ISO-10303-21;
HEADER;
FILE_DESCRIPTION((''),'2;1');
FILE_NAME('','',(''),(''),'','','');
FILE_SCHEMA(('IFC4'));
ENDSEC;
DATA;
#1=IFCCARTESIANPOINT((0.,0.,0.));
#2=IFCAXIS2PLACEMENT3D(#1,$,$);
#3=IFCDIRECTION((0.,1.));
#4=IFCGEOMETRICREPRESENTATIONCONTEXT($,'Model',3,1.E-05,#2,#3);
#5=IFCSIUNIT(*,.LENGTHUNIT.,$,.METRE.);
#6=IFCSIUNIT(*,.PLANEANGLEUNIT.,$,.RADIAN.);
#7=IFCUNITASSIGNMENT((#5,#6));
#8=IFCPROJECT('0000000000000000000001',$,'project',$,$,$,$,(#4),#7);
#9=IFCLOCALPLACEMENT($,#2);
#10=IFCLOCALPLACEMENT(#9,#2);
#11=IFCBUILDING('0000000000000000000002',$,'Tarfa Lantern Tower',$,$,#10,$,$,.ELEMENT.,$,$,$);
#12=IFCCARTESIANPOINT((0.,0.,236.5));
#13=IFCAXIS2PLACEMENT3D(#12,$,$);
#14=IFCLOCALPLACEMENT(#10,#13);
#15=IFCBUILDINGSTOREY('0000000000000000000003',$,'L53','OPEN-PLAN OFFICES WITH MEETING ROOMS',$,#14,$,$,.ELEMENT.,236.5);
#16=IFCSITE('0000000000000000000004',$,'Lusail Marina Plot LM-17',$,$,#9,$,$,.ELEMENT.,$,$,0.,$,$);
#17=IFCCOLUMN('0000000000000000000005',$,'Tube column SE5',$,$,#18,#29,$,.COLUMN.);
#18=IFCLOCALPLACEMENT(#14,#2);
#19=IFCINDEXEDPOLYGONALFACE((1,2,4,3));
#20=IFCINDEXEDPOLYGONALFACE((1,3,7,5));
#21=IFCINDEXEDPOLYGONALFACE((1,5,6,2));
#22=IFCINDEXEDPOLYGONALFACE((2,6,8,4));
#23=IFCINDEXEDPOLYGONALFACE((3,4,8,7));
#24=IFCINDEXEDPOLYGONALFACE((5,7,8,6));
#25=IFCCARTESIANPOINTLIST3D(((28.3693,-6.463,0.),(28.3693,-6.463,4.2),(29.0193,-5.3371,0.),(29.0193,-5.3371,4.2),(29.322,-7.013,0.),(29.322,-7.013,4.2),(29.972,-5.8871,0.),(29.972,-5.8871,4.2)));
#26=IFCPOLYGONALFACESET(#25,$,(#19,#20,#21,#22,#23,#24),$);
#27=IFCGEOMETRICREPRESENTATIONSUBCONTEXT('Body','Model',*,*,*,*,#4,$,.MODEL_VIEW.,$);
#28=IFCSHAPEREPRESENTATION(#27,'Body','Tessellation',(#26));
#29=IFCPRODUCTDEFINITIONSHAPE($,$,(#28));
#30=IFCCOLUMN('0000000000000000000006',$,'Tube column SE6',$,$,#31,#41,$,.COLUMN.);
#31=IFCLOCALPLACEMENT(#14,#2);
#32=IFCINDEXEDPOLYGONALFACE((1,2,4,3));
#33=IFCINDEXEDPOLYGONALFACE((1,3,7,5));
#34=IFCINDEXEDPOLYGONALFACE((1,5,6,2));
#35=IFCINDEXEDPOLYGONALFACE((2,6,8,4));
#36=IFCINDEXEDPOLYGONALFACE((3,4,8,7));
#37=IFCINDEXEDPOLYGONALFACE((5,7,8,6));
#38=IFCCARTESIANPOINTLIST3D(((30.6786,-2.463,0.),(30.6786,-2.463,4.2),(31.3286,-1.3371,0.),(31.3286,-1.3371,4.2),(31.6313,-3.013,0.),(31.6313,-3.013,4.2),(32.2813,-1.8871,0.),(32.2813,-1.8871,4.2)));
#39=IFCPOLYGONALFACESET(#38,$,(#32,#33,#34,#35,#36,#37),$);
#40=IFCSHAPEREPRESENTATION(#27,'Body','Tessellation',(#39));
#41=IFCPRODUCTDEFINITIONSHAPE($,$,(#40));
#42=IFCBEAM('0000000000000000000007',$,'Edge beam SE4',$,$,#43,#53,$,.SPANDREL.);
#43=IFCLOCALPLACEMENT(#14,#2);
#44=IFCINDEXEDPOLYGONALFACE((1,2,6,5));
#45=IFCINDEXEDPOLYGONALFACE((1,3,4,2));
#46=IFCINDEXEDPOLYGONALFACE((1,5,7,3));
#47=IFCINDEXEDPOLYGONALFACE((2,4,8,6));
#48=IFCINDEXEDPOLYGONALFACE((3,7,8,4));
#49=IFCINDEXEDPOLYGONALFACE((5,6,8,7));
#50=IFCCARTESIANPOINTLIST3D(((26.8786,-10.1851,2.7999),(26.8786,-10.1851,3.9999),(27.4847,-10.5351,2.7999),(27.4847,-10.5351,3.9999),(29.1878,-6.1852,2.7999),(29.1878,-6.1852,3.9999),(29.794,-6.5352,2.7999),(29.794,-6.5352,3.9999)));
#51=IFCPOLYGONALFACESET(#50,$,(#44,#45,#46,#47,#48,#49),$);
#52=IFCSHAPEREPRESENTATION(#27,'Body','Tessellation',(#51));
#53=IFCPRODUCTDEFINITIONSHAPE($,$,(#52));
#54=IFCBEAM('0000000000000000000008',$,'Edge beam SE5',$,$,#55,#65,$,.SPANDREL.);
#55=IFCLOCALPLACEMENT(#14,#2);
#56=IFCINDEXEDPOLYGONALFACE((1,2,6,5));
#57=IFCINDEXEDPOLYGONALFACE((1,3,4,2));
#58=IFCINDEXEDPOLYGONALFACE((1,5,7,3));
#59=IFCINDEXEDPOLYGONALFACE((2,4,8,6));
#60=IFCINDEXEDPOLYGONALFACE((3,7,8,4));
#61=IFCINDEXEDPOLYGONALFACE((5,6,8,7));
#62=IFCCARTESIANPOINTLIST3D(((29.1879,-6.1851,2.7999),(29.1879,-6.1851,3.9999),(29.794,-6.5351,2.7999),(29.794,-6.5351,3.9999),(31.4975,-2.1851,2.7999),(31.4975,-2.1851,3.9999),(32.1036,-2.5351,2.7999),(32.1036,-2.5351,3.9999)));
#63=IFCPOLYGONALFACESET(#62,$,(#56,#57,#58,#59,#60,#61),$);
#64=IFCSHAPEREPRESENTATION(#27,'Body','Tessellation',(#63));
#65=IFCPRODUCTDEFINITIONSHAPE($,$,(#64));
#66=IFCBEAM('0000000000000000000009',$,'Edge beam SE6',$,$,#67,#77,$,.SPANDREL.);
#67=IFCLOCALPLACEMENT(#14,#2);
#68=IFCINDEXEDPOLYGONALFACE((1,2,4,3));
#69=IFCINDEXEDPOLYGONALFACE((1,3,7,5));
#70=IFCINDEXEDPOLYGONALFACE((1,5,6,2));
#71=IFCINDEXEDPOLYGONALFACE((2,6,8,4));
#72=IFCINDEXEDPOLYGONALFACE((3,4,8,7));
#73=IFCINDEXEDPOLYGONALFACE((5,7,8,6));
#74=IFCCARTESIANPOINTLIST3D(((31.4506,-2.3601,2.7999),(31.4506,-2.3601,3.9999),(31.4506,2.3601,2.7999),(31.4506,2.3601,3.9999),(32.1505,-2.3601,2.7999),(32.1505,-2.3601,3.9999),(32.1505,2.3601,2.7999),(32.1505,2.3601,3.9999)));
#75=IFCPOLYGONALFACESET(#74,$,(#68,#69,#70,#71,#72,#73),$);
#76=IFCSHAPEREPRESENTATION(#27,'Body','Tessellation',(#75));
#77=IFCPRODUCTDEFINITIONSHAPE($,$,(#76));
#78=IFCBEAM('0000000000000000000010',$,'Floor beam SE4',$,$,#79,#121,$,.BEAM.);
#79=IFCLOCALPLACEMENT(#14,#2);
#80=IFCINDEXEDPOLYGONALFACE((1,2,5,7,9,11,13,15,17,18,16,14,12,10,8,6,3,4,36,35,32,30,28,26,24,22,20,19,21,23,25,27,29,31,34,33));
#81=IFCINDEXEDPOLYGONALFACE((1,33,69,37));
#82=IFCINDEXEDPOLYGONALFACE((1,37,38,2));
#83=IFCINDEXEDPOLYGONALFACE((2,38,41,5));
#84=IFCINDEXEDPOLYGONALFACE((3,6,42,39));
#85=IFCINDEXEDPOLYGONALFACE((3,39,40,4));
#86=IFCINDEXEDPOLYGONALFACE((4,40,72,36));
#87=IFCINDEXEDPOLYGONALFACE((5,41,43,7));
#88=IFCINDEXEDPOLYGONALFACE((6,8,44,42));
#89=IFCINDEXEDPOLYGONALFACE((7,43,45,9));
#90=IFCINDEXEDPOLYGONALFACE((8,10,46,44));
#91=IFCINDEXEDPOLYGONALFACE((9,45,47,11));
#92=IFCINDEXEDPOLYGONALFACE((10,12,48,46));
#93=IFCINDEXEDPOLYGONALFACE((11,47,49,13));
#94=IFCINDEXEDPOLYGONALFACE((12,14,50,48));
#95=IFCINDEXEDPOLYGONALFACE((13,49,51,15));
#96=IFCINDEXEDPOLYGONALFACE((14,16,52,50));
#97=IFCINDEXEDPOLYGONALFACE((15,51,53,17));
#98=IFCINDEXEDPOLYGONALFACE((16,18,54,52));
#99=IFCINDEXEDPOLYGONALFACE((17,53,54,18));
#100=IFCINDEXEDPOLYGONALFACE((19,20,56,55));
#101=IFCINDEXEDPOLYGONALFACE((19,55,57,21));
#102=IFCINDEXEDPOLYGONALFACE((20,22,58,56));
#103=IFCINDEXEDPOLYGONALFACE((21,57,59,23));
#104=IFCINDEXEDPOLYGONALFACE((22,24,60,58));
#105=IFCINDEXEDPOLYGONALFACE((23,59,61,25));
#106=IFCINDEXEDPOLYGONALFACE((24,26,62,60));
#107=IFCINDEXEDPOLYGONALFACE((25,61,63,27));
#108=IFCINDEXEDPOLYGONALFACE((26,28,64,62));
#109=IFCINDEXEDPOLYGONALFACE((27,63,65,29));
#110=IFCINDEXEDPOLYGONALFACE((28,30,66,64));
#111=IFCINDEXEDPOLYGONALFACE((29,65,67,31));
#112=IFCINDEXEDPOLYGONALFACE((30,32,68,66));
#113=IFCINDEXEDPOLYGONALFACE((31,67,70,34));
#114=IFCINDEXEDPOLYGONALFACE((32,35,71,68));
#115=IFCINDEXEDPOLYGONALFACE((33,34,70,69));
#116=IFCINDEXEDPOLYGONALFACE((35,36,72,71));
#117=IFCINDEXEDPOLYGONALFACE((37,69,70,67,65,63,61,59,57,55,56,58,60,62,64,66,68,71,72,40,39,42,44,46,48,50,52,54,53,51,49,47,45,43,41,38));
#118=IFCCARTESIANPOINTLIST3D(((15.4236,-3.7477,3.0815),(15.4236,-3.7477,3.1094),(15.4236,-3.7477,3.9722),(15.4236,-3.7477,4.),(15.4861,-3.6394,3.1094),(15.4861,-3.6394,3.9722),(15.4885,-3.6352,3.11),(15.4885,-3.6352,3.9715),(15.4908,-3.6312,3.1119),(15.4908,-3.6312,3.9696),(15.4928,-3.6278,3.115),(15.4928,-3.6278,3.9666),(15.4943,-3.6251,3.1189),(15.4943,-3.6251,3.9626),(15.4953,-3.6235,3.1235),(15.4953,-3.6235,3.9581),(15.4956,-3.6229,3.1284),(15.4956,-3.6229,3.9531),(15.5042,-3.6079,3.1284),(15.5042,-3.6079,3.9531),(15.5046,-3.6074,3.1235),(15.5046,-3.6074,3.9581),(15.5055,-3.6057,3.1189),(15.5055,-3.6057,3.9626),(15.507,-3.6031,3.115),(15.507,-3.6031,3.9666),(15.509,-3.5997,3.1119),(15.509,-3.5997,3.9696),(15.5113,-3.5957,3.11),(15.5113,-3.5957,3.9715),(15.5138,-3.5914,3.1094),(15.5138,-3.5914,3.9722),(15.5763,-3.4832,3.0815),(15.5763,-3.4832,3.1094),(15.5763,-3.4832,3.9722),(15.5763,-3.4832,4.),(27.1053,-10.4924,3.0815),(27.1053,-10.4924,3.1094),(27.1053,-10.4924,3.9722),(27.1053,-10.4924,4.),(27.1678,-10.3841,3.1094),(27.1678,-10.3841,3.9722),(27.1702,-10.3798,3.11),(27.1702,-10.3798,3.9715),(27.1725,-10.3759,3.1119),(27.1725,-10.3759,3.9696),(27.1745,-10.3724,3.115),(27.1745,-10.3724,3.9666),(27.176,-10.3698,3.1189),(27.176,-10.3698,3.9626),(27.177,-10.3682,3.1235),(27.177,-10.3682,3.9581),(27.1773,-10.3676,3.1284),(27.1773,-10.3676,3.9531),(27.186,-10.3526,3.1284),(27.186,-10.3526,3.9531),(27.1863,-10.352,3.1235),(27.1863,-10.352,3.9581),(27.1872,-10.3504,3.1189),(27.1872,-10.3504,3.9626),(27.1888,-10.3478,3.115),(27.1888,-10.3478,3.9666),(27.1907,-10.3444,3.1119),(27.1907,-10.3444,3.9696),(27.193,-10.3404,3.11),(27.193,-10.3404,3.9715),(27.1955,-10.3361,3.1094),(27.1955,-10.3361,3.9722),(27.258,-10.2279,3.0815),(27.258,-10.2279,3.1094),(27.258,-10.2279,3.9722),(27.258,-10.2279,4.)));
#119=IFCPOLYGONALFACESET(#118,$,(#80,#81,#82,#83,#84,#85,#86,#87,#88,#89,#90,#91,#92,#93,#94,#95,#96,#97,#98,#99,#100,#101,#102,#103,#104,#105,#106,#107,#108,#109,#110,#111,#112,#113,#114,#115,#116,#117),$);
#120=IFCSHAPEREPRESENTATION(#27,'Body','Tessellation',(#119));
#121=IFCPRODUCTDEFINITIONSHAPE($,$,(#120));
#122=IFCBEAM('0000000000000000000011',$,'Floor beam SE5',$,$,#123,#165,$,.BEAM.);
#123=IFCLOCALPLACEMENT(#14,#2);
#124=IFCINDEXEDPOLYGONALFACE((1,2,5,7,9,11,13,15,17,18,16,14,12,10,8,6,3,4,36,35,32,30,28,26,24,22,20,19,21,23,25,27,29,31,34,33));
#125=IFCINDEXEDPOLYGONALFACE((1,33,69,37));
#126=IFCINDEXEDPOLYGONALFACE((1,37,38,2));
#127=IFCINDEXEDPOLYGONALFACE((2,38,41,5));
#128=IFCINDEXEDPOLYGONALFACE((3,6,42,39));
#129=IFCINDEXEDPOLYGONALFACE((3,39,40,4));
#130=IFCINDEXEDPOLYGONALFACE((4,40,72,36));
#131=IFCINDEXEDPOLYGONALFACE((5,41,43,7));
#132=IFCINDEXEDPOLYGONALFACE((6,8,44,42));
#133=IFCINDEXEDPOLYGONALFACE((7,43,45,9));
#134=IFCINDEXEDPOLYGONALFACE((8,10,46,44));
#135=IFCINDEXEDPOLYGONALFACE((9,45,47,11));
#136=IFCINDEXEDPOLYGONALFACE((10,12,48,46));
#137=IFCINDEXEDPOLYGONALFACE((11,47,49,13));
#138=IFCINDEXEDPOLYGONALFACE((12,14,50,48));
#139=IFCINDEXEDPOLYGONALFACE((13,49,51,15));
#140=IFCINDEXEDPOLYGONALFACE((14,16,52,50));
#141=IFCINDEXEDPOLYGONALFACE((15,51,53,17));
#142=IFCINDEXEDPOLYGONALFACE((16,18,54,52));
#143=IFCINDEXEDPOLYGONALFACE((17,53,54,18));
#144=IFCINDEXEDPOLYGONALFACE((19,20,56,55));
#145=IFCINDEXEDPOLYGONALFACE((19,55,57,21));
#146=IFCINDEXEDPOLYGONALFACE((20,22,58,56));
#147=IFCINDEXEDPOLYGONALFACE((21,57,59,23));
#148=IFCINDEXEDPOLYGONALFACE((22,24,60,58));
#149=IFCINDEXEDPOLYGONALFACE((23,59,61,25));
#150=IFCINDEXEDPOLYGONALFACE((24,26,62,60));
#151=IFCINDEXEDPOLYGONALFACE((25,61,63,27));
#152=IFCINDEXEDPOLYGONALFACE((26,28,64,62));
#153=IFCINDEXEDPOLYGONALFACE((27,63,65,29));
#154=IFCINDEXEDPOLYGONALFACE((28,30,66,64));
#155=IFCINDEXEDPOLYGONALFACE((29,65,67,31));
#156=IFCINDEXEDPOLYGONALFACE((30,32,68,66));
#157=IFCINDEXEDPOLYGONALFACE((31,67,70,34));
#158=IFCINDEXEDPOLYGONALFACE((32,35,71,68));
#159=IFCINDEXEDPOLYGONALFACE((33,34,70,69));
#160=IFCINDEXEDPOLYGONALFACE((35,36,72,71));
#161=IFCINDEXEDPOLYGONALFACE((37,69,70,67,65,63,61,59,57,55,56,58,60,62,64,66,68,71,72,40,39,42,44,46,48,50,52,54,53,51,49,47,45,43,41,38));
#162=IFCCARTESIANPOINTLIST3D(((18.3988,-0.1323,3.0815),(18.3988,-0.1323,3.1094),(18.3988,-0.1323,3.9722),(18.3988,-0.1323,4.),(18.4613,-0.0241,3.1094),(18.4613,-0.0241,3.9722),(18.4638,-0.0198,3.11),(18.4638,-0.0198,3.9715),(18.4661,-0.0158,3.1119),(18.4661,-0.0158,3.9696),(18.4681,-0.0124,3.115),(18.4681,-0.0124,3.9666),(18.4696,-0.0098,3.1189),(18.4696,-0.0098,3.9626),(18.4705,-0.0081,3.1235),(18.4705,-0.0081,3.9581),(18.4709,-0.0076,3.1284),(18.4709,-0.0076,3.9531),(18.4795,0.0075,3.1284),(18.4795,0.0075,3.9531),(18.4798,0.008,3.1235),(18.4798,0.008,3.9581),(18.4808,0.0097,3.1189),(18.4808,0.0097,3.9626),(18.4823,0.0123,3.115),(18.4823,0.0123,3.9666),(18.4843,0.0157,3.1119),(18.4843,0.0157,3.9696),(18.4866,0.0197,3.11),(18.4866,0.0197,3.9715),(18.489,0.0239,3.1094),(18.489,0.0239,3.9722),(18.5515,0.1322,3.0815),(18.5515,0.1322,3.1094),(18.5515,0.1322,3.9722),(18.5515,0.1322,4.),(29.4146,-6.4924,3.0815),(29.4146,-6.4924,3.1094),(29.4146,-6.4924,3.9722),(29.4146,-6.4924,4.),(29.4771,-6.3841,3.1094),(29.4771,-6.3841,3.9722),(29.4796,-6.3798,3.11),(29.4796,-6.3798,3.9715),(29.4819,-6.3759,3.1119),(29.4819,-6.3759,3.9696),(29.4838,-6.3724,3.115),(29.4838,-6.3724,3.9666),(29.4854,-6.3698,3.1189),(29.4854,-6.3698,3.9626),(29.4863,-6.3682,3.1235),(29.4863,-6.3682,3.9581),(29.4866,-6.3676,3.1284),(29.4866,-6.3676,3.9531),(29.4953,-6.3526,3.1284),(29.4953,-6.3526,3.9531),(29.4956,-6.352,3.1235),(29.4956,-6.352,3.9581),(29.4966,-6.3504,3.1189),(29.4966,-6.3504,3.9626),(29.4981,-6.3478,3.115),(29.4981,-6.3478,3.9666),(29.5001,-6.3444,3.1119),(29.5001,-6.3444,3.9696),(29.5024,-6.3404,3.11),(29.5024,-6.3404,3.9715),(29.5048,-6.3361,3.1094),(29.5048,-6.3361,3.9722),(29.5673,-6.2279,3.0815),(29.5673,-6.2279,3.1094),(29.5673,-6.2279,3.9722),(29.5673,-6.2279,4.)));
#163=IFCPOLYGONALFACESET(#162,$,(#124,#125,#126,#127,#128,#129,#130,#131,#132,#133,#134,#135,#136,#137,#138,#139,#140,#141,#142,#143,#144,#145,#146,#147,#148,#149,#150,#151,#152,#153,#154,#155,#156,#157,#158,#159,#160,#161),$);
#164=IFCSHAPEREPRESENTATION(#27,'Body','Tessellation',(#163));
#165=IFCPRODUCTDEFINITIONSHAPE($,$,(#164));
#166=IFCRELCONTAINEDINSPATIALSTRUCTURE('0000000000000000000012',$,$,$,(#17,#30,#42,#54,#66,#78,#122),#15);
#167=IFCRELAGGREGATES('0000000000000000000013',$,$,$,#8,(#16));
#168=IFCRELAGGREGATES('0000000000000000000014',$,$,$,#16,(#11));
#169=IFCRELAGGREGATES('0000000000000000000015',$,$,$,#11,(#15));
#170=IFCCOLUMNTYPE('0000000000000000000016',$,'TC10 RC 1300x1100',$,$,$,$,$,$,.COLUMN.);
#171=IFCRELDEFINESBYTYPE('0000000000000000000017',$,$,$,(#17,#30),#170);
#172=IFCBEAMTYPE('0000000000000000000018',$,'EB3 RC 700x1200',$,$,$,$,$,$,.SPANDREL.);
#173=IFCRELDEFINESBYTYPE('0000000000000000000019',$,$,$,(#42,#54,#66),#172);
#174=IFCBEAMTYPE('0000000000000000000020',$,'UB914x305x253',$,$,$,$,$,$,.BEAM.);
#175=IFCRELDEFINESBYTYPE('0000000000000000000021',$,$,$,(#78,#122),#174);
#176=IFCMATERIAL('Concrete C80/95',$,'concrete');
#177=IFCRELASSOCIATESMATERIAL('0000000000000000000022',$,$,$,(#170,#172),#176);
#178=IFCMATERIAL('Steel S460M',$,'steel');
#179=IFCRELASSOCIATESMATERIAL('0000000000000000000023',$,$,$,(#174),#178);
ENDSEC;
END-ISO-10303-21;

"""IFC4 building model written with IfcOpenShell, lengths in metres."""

from ifc_helpers import new_model, si_unit, direction, frame, origin, origin_2d, place, context, subcontext, project, spatial, rectangle, i_section, extrude, material, material_profile, profile_set, type_object, element, save


model = new_model("IFC4")

# Units and contexts
model_context = context("Model", 3, precision=1e-05, world=origin(), true_north=direction((0.0, 1.0)))
body_context = subcontext(model_context, "Body", "Model", "MODEL_VIEW")
ifc_project = project(units=[si_unit("LENGTHUNIT", "METRE"), si_unit("PLANEANGLEUNIT", "RADIAN")], contexts=[model_context])

# Site, building, storey
site_placement = place(None, origin())
site = spatial("IfcSite", under=ifc_project, at=site_placement, Name="Lusail Marina Plot LM-17", CompositionType="ELEMENT", RefElevation=0.0)
building_placement = place(site_placement, origin())
building = spatial("IfcBuilding", under=site, at=building_placement, Name="Tarfa Lantern Tower", CompositionType="ELEMENT")
storey_placement = place(building_placement, frame((0.0, 0.0, 236.5)))
storey = spatial("IfcBuildingStorey", under=building, at=storey_placement, Name="L53", Description="OPEN-PLAN OFFICES WITH MEETING ROOMS", CompositionType="ELEMENT", Elevation=236.5)

# Columns
ifc_material_1 = material(Name="Concrete C80/95", Category="concrete")
ifc_material_profile_1 = material_profile(ifc_material_1, rectangle(XDim=1.3, YDim=1.1001, at=origin_2d()), Name="RC 1300x1100")
ifc_profile_set_1 = profile_set([ifc_material_profile_1], Name="Concrete C80/95")
column_type = type_object("IfcColumnType", Name="TC10 RC 1300x1100", PredefinedType="COLUMN", material=ifc_profile_set_1)
for number, where, z_axis, x_axis, name in (
    (1, (29.1707, -6.175, 0.0), (0.0, 0.0, 1.0), (0.5, 0.866025, 0.0), "Tube column SE5"),
    (2, (31.48, -2.175, 0.0), (0.0, 0.0, 1.0), (0.5, 0.866025, 0.0), "Tube column SE6"),
):
    element("IfcColumn", number, at=place(storey_placement, frame(where, z_axis=z_axis, x_axis=x_axis)), inside=storey, type_object=column_type, Name=name, PredefinedType="COLUMN", context=body_context, shape_type="SweptSolid", body=[
        extrude(rectangle(XDim=1.3, YDim=1.1001, at=origin_2d()), origin(), (0.0, 0.0, 1.0), 4.2),
    ])

# Beams
ifc_material_profile_2 = material_profile(ifc_material_1, rectangle(XDim=0.7, YDim=1.2, at=origin_2d()), Name="RC 700x1200")
ifc_profile_set_2 = profile_set([ifc_material_profile_2], Name="Concrete C80/95")
beam_type_1 = type_object("IfcBeamType", Name="EB3 RC 700x1200", PredefinedType="SPANDREL", material=ifc_profile_set_2)
beam_1_placement = place(storey_placement, frame((27.1816, -10.3601, 3.3999), z_axis=(0.499988, 0.866032, 0.0), x_axis=(-0.866032, 0.499988, 0.0)))
element("IfcBeam", 3, at=beam_1_placement, inside=storey, type_object=beam_type_1, Name="Edge beam SE4", PredefinedType="SPANDREL", context=body_context, shape_type="SweptSolid", body=[
    extrude(rectangle(XDim=0.7, YDim=1.2, at=origin_2d()), origin(), (0.0, 0.0, 1.0), 4.6187),
])
beam_2_placement = place(storey_placement, frame((29.491, -6.3601, 3.3999), z_axis=(0.500027, 0.86601, 0.0), x_axis=(-0.86601, 0.500027, 0.0)))
element("IfcBeam", 4, at=beam_2_placement, inside=storey, type_object=beam_type_1, Name="Edge beam SE5", PredefinedType="SPANDREL", context=body_context, shape_type="SweptSolid", body=[
    extrude(rectangle(XDim=0.7, YDim=1.2, at=origin_2d()), origin(), (0.0, 0.0, 1.0), 4.6189),
])
beam_3_placement = place(storey_placement, frame((31.8005, -2.3601, 3.3999), z_axis=(0.0, 1.0, 0.0), x_axis=(-1.0, 0.0, 0.0)))
element("IfcBeam", 5, at=beam_3_placement, inside=storey, type_object=beam_type_1, Name="Edge beam SE6", PredefinedType="SPANDREL", context=body_context, shape_type="SweptSolid", body=[
    extrude(rectangle(XDim=0.7, YDim=1.2, at=origin_2d()), origin(), (0.0, 0.0, 1.0), 4.7202),
])
ifc_material_2 = material(Name="Steel S460M", Category="steel")
ifc_material_profile_3 = material_profile(ifc_material_2, i_section(OverallWidth=0.3054, OverallDepth=0.9185, WebThickness=0.0173, FlangeThickness=0.0278, FilletRadius=0.019, at=origin_2d()), Name="UB914x305x253")
ifc_profile_set_3 = profile_set([ifc_material_profile_3], Name="Steel S460M")
beam_type_2 = type_object("IfcBeamType", Name="UB914x305x253", PredefinedType="BEAM", material=ifc_profile_set_3)
beam_4_placement = place(storey_placement, frame((27.1816, -10.3601, 3.5408), z_axis=(-0.866018, 0.500013, 0.0), x_axis=(-0.500013, -0.866018, 0.0)))
element("IfcBeam", 6, at=beam_4_placement, inside=storey, type_object=beam_type_2, Name="Floor beam SE4", PredefinedType="BEAM", context=body_context, shape_type="SweptSolid", body=[
    extrude(i_section(OverallWidth=0.3054, OverallDepth=0.9185, WebThickness=0.0173, FlangeThickness=0.0278, FilletRadius=0.019, at=origin_2d()), origin(), (0.0, 0.0, 1.0), 13.489),
])
beam_5_placement = place(storey_placement, frame((29.491, -6.3601, 3.5408), z_axis=(-0.866022, 0.500005, 0.0), x_axis=(-0.500005, -0.866022, 0.0)))
element("IfcBeam", 7, at=beam_5_placement, inside=storey, type_object=beam_type_2, Name="Floor beam SE5", PredefinedType="BEAM", context=body_context, shape_type="SweptSolid", body=[
    extrude(i_section(OverallWidth=0.3054, OverallDepth=0.9185, WebThickness=0.0173, FlangeThickness=0.0278, FilletRadius=0.019, at=origin_2d()), origin(), (0.0, 0.0, 1.0), 12.72),
])

save(model, "model.ifc")
